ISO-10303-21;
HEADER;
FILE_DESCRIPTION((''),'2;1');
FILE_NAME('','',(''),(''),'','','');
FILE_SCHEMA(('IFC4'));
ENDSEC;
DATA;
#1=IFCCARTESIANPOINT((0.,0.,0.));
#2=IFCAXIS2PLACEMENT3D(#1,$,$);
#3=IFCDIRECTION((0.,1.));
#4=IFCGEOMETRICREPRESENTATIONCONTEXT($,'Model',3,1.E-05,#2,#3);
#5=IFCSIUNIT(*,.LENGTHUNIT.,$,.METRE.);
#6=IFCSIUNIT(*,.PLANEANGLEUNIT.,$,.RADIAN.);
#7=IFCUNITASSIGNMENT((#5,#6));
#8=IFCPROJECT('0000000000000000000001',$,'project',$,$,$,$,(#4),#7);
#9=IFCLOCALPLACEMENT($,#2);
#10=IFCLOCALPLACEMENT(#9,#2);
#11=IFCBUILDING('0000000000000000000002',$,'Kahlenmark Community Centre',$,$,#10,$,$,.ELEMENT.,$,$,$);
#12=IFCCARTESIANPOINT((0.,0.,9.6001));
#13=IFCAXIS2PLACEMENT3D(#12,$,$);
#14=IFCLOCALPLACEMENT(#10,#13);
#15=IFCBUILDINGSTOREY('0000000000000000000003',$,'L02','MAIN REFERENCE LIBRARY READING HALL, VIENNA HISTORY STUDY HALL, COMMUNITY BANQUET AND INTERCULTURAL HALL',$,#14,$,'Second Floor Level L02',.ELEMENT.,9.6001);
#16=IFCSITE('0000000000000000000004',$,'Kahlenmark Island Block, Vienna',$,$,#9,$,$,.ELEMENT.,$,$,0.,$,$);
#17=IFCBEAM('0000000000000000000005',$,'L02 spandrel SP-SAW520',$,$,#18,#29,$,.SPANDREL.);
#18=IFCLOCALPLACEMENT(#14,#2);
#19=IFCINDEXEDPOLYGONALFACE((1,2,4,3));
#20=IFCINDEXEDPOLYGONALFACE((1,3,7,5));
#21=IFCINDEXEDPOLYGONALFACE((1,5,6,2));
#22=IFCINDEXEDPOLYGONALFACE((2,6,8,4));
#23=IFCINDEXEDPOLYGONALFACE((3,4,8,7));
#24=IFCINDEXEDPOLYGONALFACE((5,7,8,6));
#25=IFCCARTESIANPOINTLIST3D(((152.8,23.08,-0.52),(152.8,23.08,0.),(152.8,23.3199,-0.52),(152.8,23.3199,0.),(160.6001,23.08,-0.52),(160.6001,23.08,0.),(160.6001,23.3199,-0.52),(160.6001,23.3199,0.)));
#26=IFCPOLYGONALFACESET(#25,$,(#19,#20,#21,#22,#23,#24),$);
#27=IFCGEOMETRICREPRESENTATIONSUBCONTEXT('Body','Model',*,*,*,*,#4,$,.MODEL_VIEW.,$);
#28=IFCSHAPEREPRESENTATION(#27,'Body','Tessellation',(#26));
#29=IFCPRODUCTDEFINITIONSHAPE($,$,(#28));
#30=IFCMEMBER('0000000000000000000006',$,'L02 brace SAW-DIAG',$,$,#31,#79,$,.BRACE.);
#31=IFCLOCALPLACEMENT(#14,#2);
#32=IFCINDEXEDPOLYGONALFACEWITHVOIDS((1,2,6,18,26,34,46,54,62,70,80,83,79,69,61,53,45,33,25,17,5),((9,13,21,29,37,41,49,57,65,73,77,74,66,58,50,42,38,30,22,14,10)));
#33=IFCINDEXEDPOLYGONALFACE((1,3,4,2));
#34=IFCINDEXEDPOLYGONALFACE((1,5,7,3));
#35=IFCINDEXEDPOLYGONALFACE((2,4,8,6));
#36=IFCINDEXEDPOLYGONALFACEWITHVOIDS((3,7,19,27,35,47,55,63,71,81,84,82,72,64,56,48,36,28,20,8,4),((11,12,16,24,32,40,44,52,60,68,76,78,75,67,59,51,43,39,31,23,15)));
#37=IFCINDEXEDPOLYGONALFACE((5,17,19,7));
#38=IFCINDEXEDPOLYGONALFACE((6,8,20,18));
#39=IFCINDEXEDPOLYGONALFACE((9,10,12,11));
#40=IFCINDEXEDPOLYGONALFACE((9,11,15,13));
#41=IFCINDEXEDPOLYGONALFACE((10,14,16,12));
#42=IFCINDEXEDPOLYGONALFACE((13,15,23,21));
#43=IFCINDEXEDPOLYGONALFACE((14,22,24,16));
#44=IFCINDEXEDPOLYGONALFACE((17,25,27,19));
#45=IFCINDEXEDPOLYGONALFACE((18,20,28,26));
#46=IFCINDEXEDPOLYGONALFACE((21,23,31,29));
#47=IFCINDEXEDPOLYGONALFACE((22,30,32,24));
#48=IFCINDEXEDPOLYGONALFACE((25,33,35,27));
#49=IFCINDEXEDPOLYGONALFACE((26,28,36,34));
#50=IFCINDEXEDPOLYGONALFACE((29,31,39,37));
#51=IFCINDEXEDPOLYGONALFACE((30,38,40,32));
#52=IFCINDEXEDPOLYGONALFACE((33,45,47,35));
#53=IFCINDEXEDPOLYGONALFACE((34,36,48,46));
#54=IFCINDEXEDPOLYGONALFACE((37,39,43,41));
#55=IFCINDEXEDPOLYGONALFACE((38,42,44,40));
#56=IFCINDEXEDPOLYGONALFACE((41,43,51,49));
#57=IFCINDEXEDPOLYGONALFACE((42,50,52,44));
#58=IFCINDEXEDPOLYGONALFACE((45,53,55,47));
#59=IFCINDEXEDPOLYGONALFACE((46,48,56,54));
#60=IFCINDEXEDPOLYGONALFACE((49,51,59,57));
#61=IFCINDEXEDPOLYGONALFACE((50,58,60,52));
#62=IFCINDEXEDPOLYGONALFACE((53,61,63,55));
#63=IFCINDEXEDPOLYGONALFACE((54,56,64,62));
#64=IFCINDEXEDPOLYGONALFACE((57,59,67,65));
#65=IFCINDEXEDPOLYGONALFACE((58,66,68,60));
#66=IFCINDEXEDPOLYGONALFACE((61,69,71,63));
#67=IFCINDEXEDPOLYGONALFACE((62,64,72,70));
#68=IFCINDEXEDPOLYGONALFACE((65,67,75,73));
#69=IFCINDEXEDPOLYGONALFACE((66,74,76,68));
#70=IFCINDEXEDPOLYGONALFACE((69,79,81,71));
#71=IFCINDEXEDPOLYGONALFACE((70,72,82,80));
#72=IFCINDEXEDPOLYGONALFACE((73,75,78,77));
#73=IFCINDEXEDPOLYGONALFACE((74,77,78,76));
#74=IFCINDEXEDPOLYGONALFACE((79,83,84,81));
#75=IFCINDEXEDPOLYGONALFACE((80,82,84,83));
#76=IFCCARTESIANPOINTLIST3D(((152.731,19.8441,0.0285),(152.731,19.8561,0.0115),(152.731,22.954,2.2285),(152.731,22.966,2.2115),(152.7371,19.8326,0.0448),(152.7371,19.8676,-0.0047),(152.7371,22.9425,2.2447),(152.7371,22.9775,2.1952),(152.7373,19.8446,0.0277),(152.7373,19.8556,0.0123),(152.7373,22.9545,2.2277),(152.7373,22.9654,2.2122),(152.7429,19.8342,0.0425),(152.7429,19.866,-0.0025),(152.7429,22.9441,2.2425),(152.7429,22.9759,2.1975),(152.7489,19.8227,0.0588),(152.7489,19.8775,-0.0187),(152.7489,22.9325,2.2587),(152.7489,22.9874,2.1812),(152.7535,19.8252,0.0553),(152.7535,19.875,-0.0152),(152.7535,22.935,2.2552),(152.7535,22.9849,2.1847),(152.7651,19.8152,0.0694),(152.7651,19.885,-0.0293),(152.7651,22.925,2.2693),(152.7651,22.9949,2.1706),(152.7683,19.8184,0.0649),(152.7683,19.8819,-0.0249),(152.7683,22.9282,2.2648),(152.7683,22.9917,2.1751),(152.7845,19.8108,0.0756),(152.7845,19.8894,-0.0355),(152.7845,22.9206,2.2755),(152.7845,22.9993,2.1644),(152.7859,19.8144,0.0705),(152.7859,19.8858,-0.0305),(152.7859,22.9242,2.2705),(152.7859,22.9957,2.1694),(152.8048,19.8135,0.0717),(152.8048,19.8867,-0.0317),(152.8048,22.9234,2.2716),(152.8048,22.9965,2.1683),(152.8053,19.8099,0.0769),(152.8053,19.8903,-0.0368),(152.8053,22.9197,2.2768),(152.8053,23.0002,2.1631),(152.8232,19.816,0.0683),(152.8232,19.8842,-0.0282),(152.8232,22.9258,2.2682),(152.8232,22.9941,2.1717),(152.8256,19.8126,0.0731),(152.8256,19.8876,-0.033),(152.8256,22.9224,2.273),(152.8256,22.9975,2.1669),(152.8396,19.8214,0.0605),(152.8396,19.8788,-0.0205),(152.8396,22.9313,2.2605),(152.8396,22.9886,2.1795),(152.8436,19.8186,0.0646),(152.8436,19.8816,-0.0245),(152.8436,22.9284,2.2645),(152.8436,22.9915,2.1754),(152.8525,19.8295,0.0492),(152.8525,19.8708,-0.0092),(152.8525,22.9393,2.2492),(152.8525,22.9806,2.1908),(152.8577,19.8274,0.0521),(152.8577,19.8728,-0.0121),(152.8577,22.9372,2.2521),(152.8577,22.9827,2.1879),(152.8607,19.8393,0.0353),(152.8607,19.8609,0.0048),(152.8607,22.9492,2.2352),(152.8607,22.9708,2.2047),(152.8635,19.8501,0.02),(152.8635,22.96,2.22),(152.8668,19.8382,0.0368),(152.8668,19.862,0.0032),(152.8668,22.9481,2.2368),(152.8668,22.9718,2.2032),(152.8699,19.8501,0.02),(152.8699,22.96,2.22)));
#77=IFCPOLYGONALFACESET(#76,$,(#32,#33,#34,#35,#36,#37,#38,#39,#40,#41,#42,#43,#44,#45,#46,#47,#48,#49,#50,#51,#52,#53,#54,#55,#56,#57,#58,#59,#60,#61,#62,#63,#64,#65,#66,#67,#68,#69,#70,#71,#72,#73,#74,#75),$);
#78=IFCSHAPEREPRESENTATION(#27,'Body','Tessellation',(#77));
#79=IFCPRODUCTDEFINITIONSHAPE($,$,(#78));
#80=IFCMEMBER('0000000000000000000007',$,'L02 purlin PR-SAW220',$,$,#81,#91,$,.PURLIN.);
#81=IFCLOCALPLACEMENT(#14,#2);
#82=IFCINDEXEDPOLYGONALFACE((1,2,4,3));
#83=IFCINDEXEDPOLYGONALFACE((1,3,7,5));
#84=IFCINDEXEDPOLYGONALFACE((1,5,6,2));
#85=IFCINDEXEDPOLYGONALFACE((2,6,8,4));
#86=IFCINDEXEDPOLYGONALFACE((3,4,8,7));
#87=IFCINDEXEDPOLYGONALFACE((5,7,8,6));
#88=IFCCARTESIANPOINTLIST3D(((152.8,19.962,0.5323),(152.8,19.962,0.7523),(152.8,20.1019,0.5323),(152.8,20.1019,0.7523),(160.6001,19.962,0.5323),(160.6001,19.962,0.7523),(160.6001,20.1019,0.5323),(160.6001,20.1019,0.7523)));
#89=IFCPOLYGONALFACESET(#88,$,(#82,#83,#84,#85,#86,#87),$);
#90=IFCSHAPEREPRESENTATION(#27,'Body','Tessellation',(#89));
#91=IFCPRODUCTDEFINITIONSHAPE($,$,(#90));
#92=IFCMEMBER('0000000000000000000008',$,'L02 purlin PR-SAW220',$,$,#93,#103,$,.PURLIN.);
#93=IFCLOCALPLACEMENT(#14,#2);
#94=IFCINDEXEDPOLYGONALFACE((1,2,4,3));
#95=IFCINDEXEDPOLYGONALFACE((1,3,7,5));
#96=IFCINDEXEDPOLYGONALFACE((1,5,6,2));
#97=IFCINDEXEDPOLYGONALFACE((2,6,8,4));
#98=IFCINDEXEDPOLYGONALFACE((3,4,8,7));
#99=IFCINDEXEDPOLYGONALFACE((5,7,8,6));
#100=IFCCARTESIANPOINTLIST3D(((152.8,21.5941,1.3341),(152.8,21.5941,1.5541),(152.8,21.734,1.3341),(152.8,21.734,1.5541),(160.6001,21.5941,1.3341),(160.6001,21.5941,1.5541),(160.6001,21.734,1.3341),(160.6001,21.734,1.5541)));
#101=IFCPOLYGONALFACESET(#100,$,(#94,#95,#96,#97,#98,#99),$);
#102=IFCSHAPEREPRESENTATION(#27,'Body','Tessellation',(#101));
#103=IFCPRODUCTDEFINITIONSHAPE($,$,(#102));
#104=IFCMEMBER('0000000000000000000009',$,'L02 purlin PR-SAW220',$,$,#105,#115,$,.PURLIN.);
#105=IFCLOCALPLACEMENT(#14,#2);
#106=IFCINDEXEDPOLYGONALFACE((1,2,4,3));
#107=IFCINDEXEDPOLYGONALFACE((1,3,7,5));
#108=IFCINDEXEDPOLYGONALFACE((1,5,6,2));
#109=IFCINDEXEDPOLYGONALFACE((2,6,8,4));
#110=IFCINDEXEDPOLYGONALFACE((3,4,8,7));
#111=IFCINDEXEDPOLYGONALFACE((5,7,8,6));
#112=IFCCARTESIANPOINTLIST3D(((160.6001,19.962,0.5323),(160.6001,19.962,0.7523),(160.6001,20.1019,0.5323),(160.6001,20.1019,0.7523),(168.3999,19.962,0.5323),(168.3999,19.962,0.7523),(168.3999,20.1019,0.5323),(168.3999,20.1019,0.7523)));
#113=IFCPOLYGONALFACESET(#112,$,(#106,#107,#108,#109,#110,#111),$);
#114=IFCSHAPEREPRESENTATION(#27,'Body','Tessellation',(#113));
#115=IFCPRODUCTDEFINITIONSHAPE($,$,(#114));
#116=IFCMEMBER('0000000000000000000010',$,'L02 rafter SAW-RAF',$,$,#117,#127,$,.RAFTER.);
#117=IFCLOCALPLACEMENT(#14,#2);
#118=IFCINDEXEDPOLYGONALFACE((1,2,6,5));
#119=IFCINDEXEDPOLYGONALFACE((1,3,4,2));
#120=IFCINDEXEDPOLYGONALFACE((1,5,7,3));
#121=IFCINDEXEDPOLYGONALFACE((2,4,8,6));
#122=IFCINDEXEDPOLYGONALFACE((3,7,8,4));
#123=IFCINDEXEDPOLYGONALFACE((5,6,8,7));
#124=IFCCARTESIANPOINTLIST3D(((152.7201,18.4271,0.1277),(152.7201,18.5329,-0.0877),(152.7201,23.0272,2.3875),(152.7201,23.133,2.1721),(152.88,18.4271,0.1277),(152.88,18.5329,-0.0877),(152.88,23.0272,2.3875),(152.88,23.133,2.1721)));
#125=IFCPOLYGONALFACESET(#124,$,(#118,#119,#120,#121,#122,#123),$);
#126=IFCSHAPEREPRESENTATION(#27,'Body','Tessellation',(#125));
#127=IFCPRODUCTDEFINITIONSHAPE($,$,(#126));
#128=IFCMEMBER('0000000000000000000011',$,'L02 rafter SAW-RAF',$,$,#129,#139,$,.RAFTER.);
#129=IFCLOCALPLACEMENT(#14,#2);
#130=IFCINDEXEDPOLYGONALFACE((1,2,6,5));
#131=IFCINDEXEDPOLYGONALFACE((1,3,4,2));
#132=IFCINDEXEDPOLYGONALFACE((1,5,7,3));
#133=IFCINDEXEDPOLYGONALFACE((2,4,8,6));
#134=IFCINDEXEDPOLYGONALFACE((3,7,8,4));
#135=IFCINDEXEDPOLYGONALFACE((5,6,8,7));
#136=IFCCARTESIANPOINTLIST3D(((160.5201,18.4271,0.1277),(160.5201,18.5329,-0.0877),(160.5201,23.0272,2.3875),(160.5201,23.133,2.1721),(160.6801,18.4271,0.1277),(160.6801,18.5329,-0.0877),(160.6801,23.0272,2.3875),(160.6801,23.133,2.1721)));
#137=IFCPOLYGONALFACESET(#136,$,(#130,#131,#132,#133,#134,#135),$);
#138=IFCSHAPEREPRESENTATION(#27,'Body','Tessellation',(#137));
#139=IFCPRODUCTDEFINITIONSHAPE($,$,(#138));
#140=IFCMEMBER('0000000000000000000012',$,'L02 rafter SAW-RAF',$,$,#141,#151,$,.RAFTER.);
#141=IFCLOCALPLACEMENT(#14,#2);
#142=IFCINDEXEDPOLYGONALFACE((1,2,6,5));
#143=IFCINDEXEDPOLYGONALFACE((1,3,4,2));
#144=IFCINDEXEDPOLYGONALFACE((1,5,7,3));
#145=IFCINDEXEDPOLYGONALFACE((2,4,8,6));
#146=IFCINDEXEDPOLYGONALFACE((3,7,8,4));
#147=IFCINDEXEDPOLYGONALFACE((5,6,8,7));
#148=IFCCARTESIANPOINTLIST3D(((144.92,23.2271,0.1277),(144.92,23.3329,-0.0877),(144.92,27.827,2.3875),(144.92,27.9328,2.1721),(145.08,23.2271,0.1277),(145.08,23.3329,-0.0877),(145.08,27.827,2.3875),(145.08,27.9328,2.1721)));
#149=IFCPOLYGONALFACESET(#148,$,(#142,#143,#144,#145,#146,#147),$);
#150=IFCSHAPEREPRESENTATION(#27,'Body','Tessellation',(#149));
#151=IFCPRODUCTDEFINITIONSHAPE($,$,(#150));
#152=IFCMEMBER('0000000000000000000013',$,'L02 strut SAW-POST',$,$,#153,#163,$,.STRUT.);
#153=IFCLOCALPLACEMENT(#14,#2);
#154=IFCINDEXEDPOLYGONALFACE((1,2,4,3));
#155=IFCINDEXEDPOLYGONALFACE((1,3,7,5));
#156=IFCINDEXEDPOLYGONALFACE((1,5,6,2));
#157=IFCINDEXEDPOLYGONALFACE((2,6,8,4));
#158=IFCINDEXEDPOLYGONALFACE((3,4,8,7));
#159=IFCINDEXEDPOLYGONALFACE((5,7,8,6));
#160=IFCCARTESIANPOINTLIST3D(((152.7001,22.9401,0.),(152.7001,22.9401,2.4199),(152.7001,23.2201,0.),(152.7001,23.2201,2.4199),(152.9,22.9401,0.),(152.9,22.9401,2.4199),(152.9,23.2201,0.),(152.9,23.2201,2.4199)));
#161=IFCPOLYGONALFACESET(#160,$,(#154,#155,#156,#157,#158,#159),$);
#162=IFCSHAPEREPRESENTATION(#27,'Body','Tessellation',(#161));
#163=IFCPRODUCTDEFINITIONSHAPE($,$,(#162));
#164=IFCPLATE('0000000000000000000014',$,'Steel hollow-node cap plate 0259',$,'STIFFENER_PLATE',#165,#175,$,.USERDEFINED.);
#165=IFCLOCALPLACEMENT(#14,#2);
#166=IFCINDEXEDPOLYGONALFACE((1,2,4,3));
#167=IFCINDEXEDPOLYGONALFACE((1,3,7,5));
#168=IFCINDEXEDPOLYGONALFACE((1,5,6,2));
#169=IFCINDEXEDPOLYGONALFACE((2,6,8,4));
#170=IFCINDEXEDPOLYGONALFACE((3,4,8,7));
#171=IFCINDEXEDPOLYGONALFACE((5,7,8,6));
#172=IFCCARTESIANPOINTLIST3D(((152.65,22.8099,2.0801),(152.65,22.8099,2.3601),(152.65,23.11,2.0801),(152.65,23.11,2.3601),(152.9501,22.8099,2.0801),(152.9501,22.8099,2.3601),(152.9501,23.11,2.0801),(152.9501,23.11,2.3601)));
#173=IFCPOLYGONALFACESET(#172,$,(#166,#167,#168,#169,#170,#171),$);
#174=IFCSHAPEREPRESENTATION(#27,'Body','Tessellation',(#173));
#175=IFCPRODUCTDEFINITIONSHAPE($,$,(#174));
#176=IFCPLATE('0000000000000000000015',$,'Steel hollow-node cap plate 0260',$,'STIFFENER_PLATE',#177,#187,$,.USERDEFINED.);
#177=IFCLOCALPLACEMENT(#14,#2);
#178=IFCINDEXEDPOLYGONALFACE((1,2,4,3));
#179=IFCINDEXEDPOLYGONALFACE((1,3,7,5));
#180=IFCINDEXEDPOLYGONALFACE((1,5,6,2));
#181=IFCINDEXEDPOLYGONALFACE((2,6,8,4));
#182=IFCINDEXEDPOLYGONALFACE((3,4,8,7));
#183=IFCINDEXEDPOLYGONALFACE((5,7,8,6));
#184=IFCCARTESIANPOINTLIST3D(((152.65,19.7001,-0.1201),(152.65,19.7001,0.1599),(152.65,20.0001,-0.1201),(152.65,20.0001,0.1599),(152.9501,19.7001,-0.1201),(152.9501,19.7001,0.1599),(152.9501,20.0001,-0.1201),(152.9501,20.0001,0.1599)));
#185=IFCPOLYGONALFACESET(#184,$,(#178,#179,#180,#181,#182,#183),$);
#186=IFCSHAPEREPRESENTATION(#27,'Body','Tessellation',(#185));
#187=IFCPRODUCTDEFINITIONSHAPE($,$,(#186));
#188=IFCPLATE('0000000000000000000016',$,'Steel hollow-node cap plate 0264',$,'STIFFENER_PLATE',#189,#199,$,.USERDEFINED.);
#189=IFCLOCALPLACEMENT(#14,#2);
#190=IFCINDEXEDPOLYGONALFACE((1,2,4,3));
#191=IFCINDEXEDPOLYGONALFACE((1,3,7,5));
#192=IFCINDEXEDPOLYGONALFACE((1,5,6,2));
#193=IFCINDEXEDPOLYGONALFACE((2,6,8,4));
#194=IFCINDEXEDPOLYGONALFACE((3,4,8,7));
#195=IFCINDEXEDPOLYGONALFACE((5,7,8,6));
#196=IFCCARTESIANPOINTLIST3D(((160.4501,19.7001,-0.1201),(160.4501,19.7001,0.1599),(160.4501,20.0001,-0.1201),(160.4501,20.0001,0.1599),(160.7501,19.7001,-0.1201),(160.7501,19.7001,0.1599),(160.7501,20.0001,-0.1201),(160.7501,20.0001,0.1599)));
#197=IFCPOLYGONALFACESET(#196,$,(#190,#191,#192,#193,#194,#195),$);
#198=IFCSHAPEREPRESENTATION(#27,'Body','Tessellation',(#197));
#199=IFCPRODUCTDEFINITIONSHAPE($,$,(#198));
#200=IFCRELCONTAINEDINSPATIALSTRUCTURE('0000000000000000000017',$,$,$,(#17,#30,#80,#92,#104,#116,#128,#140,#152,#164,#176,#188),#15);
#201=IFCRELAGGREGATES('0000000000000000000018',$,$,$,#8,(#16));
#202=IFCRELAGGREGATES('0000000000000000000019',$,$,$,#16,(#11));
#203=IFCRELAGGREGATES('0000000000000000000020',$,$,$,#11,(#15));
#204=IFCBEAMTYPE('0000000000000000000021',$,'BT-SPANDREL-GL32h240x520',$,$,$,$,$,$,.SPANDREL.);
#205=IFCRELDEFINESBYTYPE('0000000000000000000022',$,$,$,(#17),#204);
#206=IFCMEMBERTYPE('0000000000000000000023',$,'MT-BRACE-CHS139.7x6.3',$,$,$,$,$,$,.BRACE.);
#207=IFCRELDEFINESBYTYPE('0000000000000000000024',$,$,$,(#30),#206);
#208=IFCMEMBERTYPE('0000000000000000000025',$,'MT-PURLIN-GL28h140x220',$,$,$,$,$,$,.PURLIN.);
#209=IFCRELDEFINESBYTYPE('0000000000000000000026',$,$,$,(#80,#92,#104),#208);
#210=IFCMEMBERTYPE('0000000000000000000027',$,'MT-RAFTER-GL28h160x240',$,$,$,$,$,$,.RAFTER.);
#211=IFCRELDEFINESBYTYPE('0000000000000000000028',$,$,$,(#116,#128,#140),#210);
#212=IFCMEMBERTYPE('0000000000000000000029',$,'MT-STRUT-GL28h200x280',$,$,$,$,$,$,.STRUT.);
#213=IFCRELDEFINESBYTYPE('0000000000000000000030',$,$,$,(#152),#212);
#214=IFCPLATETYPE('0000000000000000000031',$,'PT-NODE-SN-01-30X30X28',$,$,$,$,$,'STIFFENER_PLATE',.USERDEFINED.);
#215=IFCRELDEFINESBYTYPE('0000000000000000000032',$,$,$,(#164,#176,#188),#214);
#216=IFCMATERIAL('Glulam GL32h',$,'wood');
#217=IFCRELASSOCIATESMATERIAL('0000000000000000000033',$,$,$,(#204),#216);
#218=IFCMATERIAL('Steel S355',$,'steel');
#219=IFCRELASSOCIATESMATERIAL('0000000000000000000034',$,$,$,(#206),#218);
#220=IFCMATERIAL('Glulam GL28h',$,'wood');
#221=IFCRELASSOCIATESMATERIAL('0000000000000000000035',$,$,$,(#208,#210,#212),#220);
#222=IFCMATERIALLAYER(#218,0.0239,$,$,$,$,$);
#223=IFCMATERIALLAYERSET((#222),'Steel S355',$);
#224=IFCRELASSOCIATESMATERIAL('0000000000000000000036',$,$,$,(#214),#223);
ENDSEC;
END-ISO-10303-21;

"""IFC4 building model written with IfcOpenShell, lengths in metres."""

from ifc_helpers import new_model, si_unit, direction, frame, origin, origin_2d, place, context, subcontext, project, spatial, rectangle, hollow_circle, extrude, material, layer, layer_set, material_profile, profile_set, type_object, element, save


model = new_model("IFC4")

# Units and contexts
model_context = context("Model", 3, precision=1e-05, world=origin(), true_north=direction((0.0, 1.0)))
body_context = subcontext(model_context, "Body", "Model", "MODEL_VIEW")
ifc_project = project(units=[si_unit("LENGTHUNIT", "METRE"), si_unit("PLANEANGLEUNIT", "RADIAN")], contexts=[model_context])

# Site, building, storey
site_placement = place(None, origin())
site = spatial("IfcSite", under=ifc_project, at=site_placement, Name="Kahlenmark Island Block, Vienna", CompositionType="ELEMENT", RefElevation=0.0)
building_placement = place(site_placement, origin())
building = spatial("IfcBuilding", under=site, at=building_placement, Name="Kahlenmark Community Centre", CompositionType="ELEMENT")
storey_placement = place(building_placement, frame((0.0, 0.0, 9.6001)))
storey = spatial("IfcBuildingStorey", under=building, at=storey_placement, Name="L02", Description="MAIN REFERENCE LIBRARY READING HALL, VIENNA HISTORY STUDY HALL, COMMUNITY BANQUET AND INTERCULTURAL HALL", LongName="Second Floor Level L02", CompositionType="ELEMENT", Elevation=9.6001)

# Beam
ifc_material_1 = material(Name="Glulam GL32h", Category="wood")
ifc_material_profile_1 = material_profile(ifc_material_1, rectangle(XDim=0.24, YDim=0.52, at=origin_2d()), Name="GL32h 240x520")
ifc_profile_set_1 = profile_set([ifc_material_profile_1], Name="Glulam GL32h")
beam_type = type_object("IfcBeamType", Name="BT-SPANDREL-GL32h240x520", PredefinedType="SPANDREL", material=ifc_profile_set_1)
beam_placement = place(storey_placement, frame((152.8, 23.2, -0.26), z_axis=(1.0, 0.0, 0.0), x_axis=(0.0, 1.0, 0.0)))
element("IfcBeam", 1, at=beam_placement, inside=storey, type_object=beam_type, Name="L02 spandrel SP-SAW520", PredefinedType="SPANDREL", context=body_context, shape_type="SweptSolid", body=[
    extrude(rectangle(XDim=0.24, YDim=0.52, at=origin_2d()), origin(), (0.0, 0.0, 1.0), 7.8),
])

# Members
ifc_material_2 = material(Name="Steel S355", Category="steel")
ifc_material_profile_2 = material_profile(ifc_material_2, hollow_circle(Radius=0.0698, WallThickness=0.0063, at=origin_2d()), Name="CHS 139.7x6.3")
ifc_profile_set_2 = profile_set([ifc_material_profile_2], Name="Steel S355")
member_type_1 = type_object("IfcMemberType", Name="MT-BRACE-CHS139.7x6.3", PredefinedType="BRACE", material=ifc_profile_set_2)
member_1_placement = place(storey_placement, frame((152.8, 22.96, 2.22), z_axis=(0.0, -0.81638, -0.577516), x_axis=(1.0, 0.0, 0.0)))
element("IfcMember", 2, at=member_1_placement, inside=storey, type_object=member_type_1, Name="L02 brace SAW-DIAG", PredefinedType="BRACE", context=body_context, shape_type="SweptSolid", body=[
    extrude(hollow_circle(Radius=0.0698, WallThickness=0.0063, at=origin_2d()), origin(), (0.0, 0.0, 1.0), 3.8093),
])
ifc_material_3 = material(Name="Glulam GL28h", Category="wood")
ifc_material_profile_3 = material_profile(ifc_material_3, rectangle(XDim=0.1399, YDim=0.22, at=origin_2d()), Name="GL28h 140x220")
ifc_profile_set_3 = profile_set([ifc_material_profile_3], Name="Glulam GL28h")
member_type_2 = type_object("IfcMemberType", Name="MT-PURLIN-GL28h140x220", PredefinedType="PURLIN", material=ifc_profile_set_3)
for number, where, z_axis, x_axis, name in (
    (3, (152.8, 20.032, 0.6423), (1.0, 0.0, 0.0), (0.0, 1.0, 0.0), "L02 purlin PR-SAW220"),
    (4, (152.8, 21.6641, 1.4441), (1.0, 0.0, 0.0), (0.0, 1.0, 0.0), "L02 purlin PR-SAW220"),
):
    element("IfcMember", number, at=place(storey_placement, frame(where, z_axis=z_axis, x_axis=x_axis)), inside=storey, type_object=member_type_2, Name=name, PredefinedType="PURLIN", context=body_context, shape_type="SweptSolid", body=[
        extrude(rectangle(XDim=0.1399, YDim=0.22, at=origin_2d()), origin(), (0.0, 0.0, 1.0), 7.8),
    ])
member_2_placement = place(storey_placement, frame((160.6001, 20.032, 0.6423), z_axis=(1.0, 0.0, 0.0), x_axis=(0.0, 1.0, 0.0)))
element("IfcMember", 5, at=member_2_placement, inside=storey, type_object=member_type_2, Name="L02 purlin PR-SAW220", PredefinedType="PURLIN", context=body_context, shape_type="SweptSolid", body=[
    extrude(rectangle(XDim=0.1399, YDim=0.22, at=origin_2d()), origin(), (0.0, 0.0, 1.0), 7.7998),
])
ifc_material_profile_4 = material_profile(ifc_material_3, rectangle(XDim=0.1599, YDim=0.24, at=origin_2d()), Name="GL28h 160x240")
ifc_profile_set_4 = profile_set([ifc_material_profile_4], Name="Glulam GL28h")
member_type_3 = type_object("IfcMemberType", Name="MT-RAFTER-GL28h160x240", PredefinedType="RAFTER", material=ifc_profile_set_4)
for number, where, z_axis, x_axis, name in (
    (6, (152.8, 18.48, 0.02), (0.0, 0.897549, 0.440915), (-1.0, 0.0, 0.0), "L02 rafter SAW-RAF"),
    (7, (160.6001, 18.48, 0.02), (0.0, 0.897549, 0.440915), (-1.0, 0.0, 0.0), "L02 rafter SAW-RAF"),
):
    element("IfcMember", number, at=place(storey_placement, frame(where, z_axis=z_axis, x_axis=x_axis)), inside=storey, type_object=member_type_3, Name=name, PredefinedType="RAFTER", context=body_context, shape_type="SweptSolid", body=[
        extrude(rectangle(XDim=0.1599, YDim=0.24, at=origin_2d()), origin(), (0.0, 0.0, 1.0), 5.1252),
    ])
member_3_placement = place(storey_placement, frame((145.0, 23.28, 0.02), z_axis=(0.0, 0.89754, 0.440934), x_axis=(-1.0, 0.0, 0.0)))
element("IfcMember", 8, at=member_3_placement, inside=storey, type_object=member_type_3, Name="L02 rafter SAW-RAF", PredefinedType="RAFTER", context=body_context, shape_type="SweptSolid", body=[
    extrude(rectangle(XDim=0.1599, YDim=0.24, at=origin_2d()), origin(), (0.0, 0.0, 1.0), 5.125),
])
ifc_material_profile_5 = material_profile(ifc_material_3, rectangle(XDim=0.2, YDim=0.28, at=origin_2d()), Name="GL28h 200x280")
ifc_profile_set_5 = profile_set([ifc_material_profile_5], Name="Glulam GL28h")
member_type_4 = type_object("IfcMemberType", Name="MT-STRUT-GL28h200x280", PredefinedType="STRUT", material=ifc_profile_set_5)
member_4_placement = place(storey_placement, frame((152.8, 23.0801, 0.0), z_axis=(0.0, 0.0, 1.0), x_axis=(1.0, 0.0, 0.0)))
element("IfcMember", 9, at=member_4_placement, inside=storey, type_object=member_type_4, Name="L02 strut SAW-POST", PredefinedType="STRUT", context=body_context, shape_type="SweptSolid", body=[
    extrude(rectangle(XDim=0.2, YDim=0.28, at=origin_2d()), origin(), (0.0, 0.0, 1.0), 2.4199),
])

# Plates
ifc_layer_1 = layer(ifc_material_2, 0.0239)
ifc_layer_set_1 = layer_set([ifc_layer_1], Name="Steel S355")
plate_type_1 = type_object("IfcPlateType", Name="PT-NODE-SN-01-30X30X28", ElementType="STIFFENER_PLATE", PredefinedType="USERDEFINED", material=ifc_layer_set_1)
for number, where, z_axis, x_axis, name in (
    (10, (152.8, 22.96, 2.0801), (0.0, 0.0, 1.0), (1.0, 0.0, 0.0), "Steel hollow-node cap plate 0259"),
    (11, (152.8, 19.8501, -0.1201), (0.0, 0.0, 1.0), (1.0, 0.0, 0.0), "Steel hollow-node cap plate 0260"),
    (12, (160.6001, 19.8501, -0.1201), (0.0, 0.0, 1.0), (1.0, 0.0, 0.0), "Steel hollow-node cap plate 0264"),
):
    element("IfcPlate", number, at=place(storey_placement, frame(where, z_axis=z_axis, x_axis=x_axis)), inside=storey, type_object=plate_type_1, Name=name, ObjectType="STIFFENER_PLATE", PredefinedType="USERDEFINED", context=body_context, shape_type="SweptSolid", body=[
        extrude(rectangle(XDim=0.3, YDim=0.3, at=origin_2d()), origin(), (0.0, 0.0, 1.0), 0.28),
    ])

save(model, "model.ifc")
